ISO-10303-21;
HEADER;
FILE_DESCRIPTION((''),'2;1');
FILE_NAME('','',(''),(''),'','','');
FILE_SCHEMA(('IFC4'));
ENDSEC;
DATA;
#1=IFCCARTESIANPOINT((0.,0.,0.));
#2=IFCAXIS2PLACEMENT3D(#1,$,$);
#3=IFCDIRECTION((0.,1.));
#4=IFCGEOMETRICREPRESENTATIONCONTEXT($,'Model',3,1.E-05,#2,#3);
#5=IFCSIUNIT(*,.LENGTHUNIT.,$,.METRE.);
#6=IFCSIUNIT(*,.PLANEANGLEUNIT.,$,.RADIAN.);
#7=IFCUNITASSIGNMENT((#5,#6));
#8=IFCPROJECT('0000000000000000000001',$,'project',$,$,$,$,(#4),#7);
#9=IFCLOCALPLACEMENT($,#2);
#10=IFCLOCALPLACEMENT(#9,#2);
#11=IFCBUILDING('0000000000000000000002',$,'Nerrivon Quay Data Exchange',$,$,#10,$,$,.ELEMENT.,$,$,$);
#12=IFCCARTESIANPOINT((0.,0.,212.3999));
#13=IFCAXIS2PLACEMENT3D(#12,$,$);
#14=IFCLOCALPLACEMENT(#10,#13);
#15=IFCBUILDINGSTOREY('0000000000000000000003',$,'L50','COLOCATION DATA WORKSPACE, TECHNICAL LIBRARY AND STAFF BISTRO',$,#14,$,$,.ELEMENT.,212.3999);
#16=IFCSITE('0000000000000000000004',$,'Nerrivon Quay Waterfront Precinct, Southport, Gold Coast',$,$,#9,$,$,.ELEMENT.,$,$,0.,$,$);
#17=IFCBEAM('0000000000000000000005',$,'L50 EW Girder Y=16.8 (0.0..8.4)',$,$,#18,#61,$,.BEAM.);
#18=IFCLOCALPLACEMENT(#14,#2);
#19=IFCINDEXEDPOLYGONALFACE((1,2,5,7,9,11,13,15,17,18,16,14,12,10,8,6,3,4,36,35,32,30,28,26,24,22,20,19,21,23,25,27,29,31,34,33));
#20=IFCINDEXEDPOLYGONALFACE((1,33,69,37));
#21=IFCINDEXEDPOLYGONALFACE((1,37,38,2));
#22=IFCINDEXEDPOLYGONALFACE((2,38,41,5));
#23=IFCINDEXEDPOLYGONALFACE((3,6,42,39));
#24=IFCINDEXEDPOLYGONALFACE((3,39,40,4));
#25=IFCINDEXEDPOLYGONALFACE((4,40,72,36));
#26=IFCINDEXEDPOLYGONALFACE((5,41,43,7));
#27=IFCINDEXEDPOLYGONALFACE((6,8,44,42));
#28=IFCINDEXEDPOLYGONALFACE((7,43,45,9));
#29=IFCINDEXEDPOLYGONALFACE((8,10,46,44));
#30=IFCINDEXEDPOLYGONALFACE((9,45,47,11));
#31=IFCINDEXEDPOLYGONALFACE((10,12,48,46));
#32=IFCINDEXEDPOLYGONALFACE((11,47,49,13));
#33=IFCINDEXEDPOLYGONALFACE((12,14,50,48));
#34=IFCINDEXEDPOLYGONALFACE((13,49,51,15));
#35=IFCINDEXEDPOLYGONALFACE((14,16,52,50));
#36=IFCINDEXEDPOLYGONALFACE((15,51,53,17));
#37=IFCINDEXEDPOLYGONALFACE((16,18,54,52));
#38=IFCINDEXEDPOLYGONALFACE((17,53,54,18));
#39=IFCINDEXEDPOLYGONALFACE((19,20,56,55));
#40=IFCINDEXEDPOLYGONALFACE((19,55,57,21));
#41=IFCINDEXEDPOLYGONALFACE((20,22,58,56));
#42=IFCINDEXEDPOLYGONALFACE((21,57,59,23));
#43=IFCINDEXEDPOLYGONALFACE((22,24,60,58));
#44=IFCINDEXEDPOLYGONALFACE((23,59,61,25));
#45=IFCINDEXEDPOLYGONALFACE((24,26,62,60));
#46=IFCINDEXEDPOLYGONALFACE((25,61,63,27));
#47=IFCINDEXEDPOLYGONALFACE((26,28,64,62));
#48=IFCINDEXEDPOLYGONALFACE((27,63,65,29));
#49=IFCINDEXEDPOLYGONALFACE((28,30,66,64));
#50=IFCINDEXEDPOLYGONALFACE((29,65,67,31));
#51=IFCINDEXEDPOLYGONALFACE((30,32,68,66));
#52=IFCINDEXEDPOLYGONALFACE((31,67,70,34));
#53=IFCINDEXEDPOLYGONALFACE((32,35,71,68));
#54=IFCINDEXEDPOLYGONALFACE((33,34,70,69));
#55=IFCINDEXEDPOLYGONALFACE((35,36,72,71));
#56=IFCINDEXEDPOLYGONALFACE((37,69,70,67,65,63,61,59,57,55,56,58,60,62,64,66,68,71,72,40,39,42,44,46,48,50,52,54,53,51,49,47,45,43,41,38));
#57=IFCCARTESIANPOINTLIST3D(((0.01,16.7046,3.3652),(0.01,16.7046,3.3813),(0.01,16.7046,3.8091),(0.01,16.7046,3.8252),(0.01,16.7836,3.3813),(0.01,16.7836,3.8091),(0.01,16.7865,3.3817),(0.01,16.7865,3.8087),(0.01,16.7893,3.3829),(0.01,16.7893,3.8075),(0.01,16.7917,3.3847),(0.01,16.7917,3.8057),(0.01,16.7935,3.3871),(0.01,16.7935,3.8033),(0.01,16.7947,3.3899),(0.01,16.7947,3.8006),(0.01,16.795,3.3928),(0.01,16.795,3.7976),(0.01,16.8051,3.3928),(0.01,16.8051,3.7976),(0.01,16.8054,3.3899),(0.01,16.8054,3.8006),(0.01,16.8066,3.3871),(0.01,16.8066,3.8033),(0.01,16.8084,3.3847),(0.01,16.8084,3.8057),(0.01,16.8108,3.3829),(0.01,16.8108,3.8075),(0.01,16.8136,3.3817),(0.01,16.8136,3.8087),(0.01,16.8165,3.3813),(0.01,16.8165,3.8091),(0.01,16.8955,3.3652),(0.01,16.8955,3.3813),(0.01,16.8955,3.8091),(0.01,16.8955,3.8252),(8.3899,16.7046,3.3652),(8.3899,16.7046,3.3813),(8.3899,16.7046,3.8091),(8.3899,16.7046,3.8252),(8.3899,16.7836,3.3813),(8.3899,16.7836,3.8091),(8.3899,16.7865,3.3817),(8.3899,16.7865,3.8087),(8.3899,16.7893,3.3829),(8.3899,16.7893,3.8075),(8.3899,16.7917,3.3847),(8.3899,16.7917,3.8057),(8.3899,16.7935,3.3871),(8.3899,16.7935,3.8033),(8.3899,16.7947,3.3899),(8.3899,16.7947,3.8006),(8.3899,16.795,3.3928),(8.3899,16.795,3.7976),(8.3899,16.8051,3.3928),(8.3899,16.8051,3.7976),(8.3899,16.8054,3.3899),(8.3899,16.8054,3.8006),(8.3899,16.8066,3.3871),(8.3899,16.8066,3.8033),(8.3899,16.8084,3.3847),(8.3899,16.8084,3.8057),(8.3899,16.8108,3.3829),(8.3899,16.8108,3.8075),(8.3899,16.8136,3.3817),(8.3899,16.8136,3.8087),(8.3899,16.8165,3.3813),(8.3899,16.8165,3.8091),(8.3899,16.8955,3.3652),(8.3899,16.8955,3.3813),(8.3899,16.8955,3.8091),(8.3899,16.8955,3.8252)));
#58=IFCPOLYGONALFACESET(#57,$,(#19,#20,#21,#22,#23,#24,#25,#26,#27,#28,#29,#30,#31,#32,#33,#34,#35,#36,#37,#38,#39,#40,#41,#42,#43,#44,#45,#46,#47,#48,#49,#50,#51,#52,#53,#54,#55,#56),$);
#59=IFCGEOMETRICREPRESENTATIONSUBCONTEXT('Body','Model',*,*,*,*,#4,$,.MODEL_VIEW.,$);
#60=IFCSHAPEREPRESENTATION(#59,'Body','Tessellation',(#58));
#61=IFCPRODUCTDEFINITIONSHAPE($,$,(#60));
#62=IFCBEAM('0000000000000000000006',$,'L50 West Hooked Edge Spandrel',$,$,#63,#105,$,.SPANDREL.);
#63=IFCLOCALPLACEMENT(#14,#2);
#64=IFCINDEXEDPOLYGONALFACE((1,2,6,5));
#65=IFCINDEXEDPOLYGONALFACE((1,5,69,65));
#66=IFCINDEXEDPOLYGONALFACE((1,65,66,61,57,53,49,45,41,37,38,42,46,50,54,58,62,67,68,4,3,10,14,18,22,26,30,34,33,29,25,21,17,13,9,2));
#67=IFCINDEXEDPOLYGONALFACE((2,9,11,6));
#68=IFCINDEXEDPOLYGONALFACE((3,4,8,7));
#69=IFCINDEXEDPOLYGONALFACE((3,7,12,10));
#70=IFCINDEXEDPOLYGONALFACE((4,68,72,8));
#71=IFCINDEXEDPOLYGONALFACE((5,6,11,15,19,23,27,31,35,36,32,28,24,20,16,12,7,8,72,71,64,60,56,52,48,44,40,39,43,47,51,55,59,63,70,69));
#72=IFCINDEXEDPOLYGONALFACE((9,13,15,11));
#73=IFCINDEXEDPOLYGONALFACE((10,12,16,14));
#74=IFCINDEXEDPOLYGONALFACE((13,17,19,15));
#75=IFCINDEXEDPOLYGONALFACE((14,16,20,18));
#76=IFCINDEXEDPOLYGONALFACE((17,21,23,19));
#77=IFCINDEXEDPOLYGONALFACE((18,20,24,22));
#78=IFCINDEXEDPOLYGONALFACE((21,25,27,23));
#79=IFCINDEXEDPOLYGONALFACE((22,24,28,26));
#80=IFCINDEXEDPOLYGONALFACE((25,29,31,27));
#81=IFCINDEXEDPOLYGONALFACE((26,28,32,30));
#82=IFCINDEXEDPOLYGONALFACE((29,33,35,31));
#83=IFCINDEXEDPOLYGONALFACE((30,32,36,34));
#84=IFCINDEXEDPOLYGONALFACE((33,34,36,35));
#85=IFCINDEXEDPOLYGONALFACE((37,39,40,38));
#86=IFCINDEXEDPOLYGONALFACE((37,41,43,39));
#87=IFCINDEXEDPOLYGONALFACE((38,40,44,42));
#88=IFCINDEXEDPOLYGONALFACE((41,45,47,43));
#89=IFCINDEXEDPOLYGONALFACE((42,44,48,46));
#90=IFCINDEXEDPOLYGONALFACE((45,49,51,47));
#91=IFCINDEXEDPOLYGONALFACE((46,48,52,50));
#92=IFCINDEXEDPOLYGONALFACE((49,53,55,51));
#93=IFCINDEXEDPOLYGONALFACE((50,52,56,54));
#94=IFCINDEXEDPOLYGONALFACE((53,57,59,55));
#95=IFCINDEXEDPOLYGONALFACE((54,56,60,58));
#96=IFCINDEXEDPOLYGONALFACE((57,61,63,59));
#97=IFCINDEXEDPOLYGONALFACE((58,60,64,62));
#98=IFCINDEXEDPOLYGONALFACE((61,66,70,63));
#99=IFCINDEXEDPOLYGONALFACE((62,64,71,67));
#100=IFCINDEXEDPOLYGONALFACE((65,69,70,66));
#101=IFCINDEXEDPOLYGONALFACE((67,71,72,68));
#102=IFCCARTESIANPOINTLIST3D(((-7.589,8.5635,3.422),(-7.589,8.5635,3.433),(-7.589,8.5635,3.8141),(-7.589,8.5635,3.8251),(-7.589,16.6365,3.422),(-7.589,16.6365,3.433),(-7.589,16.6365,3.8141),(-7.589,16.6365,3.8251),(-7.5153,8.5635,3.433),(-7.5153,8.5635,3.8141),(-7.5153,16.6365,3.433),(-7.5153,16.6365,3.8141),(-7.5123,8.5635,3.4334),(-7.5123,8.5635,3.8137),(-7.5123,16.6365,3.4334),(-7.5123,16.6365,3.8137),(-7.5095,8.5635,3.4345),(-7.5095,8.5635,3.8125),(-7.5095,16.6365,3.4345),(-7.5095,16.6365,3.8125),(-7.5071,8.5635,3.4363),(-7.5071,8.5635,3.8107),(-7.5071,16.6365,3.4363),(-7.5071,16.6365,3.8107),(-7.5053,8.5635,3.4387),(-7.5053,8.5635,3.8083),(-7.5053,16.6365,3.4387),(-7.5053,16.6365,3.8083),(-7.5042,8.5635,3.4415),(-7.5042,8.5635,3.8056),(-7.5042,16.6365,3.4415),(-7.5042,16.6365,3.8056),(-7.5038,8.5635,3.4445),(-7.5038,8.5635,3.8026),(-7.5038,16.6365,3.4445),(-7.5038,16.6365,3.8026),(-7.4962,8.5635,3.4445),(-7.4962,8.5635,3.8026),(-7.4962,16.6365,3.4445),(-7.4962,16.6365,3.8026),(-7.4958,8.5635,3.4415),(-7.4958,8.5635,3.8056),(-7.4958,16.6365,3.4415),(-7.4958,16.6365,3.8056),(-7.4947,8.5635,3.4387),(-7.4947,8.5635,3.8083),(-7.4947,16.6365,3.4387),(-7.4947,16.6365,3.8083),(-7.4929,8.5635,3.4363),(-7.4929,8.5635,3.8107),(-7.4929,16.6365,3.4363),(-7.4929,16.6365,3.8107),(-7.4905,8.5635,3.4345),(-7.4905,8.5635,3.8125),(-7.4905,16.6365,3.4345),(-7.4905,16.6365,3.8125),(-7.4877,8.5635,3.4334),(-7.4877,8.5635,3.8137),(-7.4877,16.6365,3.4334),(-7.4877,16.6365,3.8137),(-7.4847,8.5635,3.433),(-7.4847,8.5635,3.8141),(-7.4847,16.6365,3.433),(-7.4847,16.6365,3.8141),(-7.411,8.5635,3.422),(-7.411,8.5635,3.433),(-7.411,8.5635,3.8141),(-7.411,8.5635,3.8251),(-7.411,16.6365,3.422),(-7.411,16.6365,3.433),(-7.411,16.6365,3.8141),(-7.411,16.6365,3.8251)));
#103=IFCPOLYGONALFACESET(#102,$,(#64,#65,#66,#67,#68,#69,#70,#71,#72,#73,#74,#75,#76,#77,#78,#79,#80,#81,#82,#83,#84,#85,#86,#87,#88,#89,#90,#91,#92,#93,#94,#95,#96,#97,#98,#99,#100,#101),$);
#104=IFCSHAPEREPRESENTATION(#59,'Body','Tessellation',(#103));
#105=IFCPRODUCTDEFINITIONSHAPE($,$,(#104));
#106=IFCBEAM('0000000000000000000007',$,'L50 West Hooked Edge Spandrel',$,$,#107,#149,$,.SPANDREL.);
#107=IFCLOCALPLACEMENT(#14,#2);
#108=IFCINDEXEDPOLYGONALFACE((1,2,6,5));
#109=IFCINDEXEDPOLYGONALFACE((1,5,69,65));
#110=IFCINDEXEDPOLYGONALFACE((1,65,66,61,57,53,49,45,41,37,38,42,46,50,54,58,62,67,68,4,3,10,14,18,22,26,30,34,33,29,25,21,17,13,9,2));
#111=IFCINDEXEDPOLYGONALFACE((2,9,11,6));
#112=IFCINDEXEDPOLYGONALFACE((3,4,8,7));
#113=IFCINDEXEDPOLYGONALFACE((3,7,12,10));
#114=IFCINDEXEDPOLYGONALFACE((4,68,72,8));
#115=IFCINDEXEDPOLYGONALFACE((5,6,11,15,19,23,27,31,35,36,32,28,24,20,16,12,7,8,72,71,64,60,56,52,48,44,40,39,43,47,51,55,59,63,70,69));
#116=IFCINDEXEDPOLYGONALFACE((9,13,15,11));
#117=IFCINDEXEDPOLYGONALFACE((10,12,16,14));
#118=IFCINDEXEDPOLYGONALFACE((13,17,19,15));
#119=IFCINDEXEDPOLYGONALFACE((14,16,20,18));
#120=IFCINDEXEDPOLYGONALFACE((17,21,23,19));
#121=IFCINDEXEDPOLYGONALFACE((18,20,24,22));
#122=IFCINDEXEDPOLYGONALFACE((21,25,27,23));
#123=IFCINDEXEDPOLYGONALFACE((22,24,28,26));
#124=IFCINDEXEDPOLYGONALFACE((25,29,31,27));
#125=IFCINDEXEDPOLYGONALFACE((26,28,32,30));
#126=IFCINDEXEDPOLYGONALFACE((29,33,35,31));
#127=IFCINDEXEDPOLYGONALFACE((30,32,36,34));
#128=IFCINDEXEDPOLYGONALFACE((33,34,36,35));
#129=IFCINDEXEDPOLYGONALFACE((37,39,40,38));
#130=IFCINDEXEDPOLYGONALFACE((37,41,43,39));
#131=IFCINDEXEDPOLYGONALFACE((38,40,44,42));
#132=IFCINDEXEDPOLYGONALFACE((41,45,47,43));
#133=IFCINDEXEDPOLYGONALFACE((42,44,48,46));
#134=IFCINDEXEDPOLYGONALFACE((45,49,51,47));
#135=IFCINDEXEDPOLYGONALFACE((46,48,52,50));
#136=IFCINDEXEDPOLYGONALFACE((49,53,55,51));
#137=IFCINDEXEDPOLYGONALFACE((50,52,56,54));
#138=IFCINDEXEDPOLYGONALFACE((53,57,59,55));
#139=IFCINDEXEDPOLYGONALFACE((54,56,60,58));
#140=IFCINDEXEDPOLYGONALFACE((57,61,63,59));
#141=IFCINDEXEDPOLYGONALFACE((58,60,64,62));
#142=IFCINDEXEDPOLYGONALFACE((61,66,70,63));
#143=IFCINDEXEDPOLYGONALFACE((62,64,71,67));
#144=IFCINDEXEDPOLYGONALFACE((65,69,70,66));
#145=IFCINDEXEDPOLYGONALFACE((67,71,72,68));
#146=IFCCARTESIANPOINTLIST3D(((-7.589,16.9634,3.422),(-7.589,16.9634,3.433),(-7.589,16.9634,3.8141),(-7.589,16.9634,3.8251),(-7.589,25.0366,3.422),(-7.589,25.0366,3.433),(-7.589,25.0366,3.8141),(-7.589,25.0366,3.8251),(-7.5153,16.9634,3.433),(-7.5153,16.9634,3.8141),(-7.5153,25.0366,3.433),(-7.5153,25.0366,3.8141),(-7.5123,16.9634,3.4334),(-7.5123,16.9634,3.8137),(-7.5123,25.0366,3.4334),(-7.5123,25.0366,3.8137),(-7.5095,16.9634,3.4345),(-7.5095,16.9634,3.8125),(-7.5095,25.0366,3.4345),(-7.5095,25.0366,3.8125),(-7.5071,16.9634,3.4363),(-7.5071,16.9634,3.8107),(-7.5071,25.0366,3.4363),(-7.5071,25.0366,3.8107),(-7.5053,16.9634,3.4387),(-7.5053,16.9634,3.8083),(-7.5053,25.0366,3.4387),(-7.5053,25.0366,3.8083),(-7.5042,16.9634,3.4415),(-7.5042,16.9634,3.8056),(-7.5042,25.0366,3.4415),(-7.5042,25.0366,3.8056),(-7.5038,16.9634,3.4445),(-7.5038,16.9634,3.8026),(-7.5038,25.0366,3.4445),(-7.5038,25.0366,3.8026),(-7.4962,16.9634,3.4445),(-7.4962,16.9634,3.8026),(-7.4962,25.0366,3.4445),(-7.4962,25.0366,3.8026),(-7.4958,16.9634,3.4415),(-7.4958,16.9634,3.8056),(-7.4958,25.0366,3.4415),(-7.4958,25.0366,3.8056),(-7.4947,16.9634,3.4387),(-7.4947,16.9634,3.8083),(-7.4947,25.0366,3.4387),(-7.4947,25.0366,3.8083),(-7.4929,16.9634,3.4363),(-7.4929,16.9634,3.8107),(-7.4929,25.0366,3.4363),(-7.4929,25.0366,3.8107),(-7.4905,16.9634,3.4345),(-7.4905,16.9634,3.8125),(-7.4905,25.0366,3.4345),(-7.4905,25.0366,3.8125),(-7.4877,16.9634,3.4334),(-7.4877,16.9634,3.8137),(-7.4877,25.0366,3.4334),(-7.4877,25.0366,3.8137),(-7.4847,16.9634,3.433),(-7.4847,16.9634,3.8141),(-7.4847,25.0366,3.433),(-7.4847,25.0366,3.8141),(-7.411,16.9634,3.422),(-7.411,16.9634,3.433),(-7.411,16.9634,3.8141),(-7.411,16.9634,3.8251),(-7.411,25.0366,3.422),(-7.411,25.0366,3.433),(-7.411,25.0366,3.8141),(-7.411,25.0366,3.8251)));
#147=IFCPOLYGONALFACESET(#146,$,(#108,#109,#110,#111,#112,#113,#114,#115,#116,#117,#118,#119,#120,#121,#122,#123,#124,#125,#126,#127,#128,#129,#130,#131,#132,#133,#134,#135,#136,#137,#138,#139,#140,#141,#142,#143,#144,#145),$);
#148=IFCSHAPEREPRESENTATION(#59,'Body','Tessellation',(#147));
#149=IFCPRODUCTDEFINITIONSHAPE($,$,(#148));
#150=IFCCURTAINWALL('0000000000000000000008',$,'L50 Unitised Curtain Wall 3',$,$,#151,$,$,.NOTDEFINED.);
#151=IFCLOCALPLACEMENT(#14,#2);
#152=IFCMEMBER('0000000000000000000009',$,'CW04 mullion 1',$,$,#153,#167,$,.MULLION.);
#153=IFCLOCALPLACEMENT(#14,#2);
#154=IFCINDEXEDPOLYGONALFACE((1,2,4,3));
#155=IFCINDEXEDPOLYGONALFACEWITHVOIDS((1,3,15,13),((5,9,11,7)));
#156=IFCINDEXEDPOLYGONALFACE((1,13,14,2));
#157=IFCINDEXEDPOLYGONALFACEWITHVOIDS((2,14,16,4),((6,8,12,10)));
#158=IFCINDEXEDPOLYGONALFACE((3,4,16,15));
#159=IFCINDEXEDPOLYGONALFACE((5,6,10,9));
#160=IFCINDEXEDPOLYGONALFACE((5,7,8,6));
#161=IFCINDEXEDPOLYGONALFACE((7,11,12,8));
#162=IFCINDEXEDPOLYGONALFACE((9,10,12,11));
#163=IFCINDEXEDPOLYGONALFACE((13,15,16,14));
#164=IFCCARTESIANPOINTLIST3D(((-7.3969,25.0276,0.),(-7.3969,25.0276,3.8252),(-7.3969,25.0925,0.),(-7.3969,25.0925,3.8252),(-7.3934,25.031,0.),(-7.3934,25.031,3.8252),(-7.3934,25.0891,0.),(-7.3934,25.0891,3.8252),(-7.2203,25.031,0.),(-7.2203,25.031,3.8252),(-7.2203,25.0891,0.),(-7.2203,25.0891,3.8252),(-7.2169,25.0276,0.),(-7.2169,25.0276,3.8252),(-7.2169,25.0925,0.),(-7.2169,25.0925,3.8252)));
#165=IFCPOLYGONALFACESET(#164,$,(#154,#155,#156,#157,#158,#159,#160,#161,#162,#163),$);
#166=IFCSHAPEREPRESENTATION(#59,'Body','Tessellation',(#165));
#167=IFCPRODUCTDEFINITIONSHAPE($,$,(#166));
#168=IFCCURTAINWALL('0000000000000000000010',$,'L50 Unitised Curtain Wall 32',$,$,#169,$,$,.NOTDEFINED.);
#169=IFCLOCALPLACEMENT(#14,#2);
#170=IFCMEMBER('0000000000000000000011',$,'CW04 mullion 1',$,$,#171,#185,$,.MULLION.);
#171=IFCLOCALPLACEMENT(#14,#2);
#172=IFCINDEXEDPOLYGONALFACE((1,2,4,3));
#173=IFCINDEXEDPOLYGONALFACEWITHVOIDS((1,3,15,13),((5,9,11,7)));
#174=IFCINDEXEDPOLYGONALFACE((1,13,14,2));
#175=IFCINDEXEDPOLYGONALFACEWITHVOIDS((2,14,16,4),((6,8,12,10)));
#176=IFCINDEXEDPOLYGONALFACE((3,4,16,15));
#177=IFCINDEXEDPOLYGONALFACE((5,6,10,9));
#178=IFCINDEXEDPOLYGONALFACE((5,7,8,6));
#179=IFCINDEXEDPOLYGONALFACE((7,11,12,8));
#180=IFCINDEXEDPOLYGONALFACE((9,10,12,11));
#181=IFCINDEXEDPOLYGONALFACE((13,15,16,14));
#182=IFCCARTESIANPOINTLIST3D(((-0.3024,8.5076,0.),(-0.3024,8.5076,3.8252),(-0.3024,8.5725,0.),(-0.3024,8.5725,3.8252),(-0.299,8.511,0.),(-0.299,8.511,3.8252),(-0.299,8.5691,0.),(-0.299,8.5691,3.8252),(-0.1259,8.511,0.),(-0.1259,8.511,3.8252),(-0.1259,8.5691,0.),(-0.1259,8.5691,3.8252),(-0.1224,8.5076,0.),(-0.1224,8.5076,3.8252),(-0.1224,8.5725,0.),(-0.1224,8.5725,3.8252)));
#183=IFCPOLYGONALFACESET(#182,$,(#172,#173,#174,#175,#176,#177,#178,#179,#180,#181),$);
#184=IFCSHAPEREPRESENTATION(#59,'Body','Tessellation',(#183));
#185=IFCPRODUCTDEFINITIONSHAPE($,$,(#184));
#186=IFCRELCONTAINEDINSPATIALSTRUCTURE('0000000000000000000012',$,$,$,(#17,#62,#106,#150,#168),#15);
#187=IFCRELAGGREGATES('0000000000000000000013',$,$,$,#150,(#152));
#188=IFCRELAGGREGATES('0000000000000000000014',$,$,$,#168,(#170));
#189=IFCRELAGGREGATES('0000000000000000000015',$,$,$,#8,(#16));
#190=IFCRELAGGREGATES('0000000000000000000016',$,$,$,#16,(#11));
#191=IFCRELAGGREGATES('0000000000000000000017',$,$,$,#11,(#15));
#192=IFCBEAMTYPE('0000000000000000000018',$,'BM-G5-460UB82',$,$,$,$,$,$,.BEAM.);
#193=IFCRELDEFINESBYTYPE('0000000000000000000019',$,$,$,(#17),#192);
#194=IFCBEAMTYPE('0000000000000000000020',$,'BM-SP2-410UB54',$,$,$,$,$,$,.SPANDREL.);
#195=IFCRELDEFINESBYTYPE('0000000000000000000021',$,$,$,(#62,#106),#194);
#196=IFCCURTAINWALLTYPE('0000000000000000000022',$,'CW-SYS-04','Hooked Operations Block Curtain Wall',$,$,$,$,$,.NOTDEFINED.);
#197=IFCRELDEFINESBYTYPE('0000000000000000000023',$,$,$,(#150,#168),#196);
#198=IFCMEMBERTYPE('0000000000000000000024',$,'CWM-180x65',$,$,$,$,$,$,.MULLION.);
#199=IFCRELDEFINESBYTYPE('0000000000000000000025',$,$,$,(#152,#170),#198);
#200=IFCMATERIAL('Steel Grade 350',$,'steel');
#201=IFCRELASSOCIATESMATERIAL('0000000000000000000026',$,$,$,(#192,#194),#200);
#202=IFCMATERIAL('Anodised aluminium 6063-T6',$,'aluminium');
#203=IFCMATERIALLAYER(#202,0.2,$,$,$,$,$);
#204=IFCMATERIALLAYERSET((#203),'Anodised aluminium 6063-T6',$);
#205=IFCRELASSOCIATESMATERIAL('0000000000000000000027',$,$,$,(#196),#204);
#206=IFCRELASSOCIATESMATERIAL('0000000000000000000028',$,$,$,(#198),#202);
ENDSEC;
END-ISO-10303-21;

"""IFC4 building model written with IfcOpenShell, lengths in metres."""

from ifc_helpers import new_model, si_unit, direction, frame, origin, origin_2d, place, context, subcontext, project, spatial, hollow_rectangle, i_section, extrude, material, layer, layer_set, material_profile, profile_set, type_object, element, aggregate, save


model = new_model("IFC4")

# Units and contexts
model_context = context("Model", 3, precision=1e-05, world=origin(), true_north=direction((0.0, 1.0)))
body_context = subcontext(model_context, "Body", "Model", "MODEL_VIEW")
ifc_project = project(units=[si_unit("LENGTHUNIT", "METRE"), si_unit("PLANEANGLEUNIT", "RADIAN")], contexts=[model_context])

# Site, building, storey
site_placement = place(None, origin())
site = spatial("IfcSite", under=ifc_project, at=site_placement, Name="Nerrivon Quay Waterfront Precinct, Southport, Gold Coast", CompositionType="ELEMENT", RefElevation=0.0)
building_placement = place(site_placement, origin())
building = spatial("IfcBuilding", under=site, at=building_placement, Name="Nerrivon Quay Data Exchange", CompositionType="ELEMENT")
storey_placement = place(building_placement, frame((0.0, 0.0, 212.3999)))
storey = spatial("IfcBuildingStorey", under=building, at=storey_placement, Name="L50", Description="COLOCATION DATA WORKSPACE, TECHNICAL LIBRARY AND STAFF BISTRO", CompositionType="ELEMENT", Elevation=212.3999)

# Shared definitions
ifc_material_1 = material(Name="Steel Grade 350", Category="steel")

# Beams
ifc_material_profile_1 = material_profile(ifc_material_1, i_section(OverallWidth=0.1909, OverallDepth=0.46, WebThickness=0.01, FlangeThickness=0.0161, FilletRadius=0.0115, at=origin_2d()), Name="460UB82.1")
ifc_profile_set_1 = profile_set([ifc_material_profile_1], Name="Steel Grade 350")
beam_type_1 = type_object("IfcBeamType", Name="BM-G5-460UB82", PredefinedType="BEAM", material=ifc_profile_set_1)
beam_1_placement = place(storey_placement, frame((0.01, 16.8, 3.5952), z_axis=(1.0, 0.0, 0.0), x_axis=(0.0, 1.0, 0.0)))
element("IfcBeam", 1, at=beam_1_placement, inside=storey, type_object=beam_type_1, Name="L50 EW Girder Y=16.8 (0.0..8.4)", PredefinedType="BEAM", context=body_context, shape_type="SweptSolid", body=[
    extrude(i_section(OverallWidth=0.1909, OverallDepth=0.46, WebThickness=0.01, FlangeThickness=0.0161, FilletRadius=0.0115, at=origin_2d()), origin(), (0.0, 0.0, 1.0), 8.3799),
])
ifc_material_profile_2 = material_profile(ifc_material_1, i_section(OverallWidth=0.178, OverallDepth=0.4031, WebThickness=0.0076, FlangeThickness=0.011, FilletRadius=0.0115, at=origin_2d()), Name="410UB53.7")
ifc_profile_set_2 = profile_set([ifc_material_profile_2], Name="Steel Grade 350")
beam_type_2 = type_object("IfcBeamType", Name="BM-SP2-410UB54", PredefinedType="SPANDREL", material=ifc_profile_set_2)
beam_2_placement = place(storey_placement, frame((-7.5, 8.5635, 3.6235), z_axis=(0.0, 1.0, 0.0), x_axis=(-1.0, 0.0, 0.0)))
element("IfcBeam", 2, at=beam_2_placement, inside=storey, type_object=beam_type_2, Name="L50 West Hooked Edge Spandrel", PredefinedType="SPANDREL", context=body_context, shape_type="SweptSolid", body=[
    extrude(i_section(OverallWidth=0.178, OverallDepth=0.4031, WebThickness=0.0076, FlangeThickness=0.011, FilletRadius=0.0115, at=origin_2d()), origin(), (0.0, 0.0, 1.0), 8.073),
])
beam_3_placement = place(storey_placement, frame((-7.5, 16.9634, 3.6235), z_axis=(0.0, 1.0, 0.0), x_axis=(-1.0, 0.0, 0.0)))
element("IfcBeam", 3, at=beam_3_placement, inside=storey, type_object=beam_type_2, Name="L50 West Hooked Edge Spandrel", PredefinedType="SPANDREL", context=body_context, shape_type="SweptSolid", body=[
    extrude(i_section(OverallWidth=0.178, OverallDepth=0.4031, WebThickness=0.0076, FlangeThickness=0.011, FilletRadius=0.0115, at=origin_2d()), origin(), (0.0, 0.0, 1.0), 8.0732),
])

# Curtain wall, member
ifc_material_2 = material(Name="Anodised aluminium 6063-T6", Category="aluminium")
ifc_layer_1 = layer(ifc_material_2, 0.2)
ifc_layer_set_1 = layer_set([ifc_layer_1], Name="Anodised aluminium 6063-T6")
curtain_wall_type = type_object("IfcCurtainWallType", Name="CW-SYS-04", Description="Hooked Operations Block Curtain Wall", PredefinedType="NOTDEFINED", material=ifc_layer_set_1)
curtain_wall_1_placement = place(storey_placement, origin())
curtain_wall_1 = element("IfcCurtainWall", 4, at=curtain_wall_1_placement, inside=storey, type_object=curtain_wall_type, Name="L50 Unitised Curtain Wall 3", PredefinedType="NOTDEFINED")
ifc_material_profile_3 = material_profile(ifc_material_2, hollow_rectangle(XDim=0.0649, YDim=0.1799, WallThickness=0.0034, at=origin_2d()), Name="ALU-MULL-180x65")
ifc_profile_set_3 = profile_set([ifc_material_profile_3], Name="Anodised aluminium 6063-T6")
member_type_1 = type_object("IfcMemberType", Name="CWM-180x65", PredefinedType="MULLION", material=ifc_profile_set_3)
member_1_placement = place(storey_placement, frame((-7.3069, 25.0601, 0.0), z_axis=(0.0, 0.0, 1.0), x_axis=(0.0, 1.0, 0.0)))
member_1 = element("IfcMember", 5, at=member_1_placement, type_object=member_type_1, Name="CW04 mullion 1", PredefinedType="MULLION", context=body_context, shape_type="SweptSolid", body=[
    extrude(hollow_rectangle(XDim=0.0649, YDim=0.1799, WallThickness=0.0034, at=origin_2d()), origin(), (0.0, 0.0, 1.0), 3.8252),
])
aggregate(curtain_wall_1, [member_1])

# Curtain wall, member
curtain_wall_2_placement = place(storey_placement, origin())
curtain_wall_2 = element("IfcCurtainWall", 6, at=curtain_wall_2_placement, inside=storey, type_object=curtain_wall_type, Name="L50 Unitised Curtain Wall 32", PredefinedType="NOTDEFINED")
member_2_placement = place(storey_placement, frame((-0.2124, 8.54, 0.0), z_axis=(0.0, 0.0, 1.0), x_axis=(0.0, -1.0, 0.0)))
member_2 = element("IfcMember", 7, at=member_2_placement, type_object=member_type_1, Name="CW04 mullion 1", PredefinedType="MULLION", context=body_context, shape_type="SweptSolid", body=[
    extrude(hollow_rectangle(XDim=0.0649, YDim=0.1799, WallThickness=0.0034, at=origin_2d()), origin(), (0.0, 0.0, 1.0), 3.8252),
])
aggregate(curtain_wall_2, [member_2])

save(model, "model.ifc")
